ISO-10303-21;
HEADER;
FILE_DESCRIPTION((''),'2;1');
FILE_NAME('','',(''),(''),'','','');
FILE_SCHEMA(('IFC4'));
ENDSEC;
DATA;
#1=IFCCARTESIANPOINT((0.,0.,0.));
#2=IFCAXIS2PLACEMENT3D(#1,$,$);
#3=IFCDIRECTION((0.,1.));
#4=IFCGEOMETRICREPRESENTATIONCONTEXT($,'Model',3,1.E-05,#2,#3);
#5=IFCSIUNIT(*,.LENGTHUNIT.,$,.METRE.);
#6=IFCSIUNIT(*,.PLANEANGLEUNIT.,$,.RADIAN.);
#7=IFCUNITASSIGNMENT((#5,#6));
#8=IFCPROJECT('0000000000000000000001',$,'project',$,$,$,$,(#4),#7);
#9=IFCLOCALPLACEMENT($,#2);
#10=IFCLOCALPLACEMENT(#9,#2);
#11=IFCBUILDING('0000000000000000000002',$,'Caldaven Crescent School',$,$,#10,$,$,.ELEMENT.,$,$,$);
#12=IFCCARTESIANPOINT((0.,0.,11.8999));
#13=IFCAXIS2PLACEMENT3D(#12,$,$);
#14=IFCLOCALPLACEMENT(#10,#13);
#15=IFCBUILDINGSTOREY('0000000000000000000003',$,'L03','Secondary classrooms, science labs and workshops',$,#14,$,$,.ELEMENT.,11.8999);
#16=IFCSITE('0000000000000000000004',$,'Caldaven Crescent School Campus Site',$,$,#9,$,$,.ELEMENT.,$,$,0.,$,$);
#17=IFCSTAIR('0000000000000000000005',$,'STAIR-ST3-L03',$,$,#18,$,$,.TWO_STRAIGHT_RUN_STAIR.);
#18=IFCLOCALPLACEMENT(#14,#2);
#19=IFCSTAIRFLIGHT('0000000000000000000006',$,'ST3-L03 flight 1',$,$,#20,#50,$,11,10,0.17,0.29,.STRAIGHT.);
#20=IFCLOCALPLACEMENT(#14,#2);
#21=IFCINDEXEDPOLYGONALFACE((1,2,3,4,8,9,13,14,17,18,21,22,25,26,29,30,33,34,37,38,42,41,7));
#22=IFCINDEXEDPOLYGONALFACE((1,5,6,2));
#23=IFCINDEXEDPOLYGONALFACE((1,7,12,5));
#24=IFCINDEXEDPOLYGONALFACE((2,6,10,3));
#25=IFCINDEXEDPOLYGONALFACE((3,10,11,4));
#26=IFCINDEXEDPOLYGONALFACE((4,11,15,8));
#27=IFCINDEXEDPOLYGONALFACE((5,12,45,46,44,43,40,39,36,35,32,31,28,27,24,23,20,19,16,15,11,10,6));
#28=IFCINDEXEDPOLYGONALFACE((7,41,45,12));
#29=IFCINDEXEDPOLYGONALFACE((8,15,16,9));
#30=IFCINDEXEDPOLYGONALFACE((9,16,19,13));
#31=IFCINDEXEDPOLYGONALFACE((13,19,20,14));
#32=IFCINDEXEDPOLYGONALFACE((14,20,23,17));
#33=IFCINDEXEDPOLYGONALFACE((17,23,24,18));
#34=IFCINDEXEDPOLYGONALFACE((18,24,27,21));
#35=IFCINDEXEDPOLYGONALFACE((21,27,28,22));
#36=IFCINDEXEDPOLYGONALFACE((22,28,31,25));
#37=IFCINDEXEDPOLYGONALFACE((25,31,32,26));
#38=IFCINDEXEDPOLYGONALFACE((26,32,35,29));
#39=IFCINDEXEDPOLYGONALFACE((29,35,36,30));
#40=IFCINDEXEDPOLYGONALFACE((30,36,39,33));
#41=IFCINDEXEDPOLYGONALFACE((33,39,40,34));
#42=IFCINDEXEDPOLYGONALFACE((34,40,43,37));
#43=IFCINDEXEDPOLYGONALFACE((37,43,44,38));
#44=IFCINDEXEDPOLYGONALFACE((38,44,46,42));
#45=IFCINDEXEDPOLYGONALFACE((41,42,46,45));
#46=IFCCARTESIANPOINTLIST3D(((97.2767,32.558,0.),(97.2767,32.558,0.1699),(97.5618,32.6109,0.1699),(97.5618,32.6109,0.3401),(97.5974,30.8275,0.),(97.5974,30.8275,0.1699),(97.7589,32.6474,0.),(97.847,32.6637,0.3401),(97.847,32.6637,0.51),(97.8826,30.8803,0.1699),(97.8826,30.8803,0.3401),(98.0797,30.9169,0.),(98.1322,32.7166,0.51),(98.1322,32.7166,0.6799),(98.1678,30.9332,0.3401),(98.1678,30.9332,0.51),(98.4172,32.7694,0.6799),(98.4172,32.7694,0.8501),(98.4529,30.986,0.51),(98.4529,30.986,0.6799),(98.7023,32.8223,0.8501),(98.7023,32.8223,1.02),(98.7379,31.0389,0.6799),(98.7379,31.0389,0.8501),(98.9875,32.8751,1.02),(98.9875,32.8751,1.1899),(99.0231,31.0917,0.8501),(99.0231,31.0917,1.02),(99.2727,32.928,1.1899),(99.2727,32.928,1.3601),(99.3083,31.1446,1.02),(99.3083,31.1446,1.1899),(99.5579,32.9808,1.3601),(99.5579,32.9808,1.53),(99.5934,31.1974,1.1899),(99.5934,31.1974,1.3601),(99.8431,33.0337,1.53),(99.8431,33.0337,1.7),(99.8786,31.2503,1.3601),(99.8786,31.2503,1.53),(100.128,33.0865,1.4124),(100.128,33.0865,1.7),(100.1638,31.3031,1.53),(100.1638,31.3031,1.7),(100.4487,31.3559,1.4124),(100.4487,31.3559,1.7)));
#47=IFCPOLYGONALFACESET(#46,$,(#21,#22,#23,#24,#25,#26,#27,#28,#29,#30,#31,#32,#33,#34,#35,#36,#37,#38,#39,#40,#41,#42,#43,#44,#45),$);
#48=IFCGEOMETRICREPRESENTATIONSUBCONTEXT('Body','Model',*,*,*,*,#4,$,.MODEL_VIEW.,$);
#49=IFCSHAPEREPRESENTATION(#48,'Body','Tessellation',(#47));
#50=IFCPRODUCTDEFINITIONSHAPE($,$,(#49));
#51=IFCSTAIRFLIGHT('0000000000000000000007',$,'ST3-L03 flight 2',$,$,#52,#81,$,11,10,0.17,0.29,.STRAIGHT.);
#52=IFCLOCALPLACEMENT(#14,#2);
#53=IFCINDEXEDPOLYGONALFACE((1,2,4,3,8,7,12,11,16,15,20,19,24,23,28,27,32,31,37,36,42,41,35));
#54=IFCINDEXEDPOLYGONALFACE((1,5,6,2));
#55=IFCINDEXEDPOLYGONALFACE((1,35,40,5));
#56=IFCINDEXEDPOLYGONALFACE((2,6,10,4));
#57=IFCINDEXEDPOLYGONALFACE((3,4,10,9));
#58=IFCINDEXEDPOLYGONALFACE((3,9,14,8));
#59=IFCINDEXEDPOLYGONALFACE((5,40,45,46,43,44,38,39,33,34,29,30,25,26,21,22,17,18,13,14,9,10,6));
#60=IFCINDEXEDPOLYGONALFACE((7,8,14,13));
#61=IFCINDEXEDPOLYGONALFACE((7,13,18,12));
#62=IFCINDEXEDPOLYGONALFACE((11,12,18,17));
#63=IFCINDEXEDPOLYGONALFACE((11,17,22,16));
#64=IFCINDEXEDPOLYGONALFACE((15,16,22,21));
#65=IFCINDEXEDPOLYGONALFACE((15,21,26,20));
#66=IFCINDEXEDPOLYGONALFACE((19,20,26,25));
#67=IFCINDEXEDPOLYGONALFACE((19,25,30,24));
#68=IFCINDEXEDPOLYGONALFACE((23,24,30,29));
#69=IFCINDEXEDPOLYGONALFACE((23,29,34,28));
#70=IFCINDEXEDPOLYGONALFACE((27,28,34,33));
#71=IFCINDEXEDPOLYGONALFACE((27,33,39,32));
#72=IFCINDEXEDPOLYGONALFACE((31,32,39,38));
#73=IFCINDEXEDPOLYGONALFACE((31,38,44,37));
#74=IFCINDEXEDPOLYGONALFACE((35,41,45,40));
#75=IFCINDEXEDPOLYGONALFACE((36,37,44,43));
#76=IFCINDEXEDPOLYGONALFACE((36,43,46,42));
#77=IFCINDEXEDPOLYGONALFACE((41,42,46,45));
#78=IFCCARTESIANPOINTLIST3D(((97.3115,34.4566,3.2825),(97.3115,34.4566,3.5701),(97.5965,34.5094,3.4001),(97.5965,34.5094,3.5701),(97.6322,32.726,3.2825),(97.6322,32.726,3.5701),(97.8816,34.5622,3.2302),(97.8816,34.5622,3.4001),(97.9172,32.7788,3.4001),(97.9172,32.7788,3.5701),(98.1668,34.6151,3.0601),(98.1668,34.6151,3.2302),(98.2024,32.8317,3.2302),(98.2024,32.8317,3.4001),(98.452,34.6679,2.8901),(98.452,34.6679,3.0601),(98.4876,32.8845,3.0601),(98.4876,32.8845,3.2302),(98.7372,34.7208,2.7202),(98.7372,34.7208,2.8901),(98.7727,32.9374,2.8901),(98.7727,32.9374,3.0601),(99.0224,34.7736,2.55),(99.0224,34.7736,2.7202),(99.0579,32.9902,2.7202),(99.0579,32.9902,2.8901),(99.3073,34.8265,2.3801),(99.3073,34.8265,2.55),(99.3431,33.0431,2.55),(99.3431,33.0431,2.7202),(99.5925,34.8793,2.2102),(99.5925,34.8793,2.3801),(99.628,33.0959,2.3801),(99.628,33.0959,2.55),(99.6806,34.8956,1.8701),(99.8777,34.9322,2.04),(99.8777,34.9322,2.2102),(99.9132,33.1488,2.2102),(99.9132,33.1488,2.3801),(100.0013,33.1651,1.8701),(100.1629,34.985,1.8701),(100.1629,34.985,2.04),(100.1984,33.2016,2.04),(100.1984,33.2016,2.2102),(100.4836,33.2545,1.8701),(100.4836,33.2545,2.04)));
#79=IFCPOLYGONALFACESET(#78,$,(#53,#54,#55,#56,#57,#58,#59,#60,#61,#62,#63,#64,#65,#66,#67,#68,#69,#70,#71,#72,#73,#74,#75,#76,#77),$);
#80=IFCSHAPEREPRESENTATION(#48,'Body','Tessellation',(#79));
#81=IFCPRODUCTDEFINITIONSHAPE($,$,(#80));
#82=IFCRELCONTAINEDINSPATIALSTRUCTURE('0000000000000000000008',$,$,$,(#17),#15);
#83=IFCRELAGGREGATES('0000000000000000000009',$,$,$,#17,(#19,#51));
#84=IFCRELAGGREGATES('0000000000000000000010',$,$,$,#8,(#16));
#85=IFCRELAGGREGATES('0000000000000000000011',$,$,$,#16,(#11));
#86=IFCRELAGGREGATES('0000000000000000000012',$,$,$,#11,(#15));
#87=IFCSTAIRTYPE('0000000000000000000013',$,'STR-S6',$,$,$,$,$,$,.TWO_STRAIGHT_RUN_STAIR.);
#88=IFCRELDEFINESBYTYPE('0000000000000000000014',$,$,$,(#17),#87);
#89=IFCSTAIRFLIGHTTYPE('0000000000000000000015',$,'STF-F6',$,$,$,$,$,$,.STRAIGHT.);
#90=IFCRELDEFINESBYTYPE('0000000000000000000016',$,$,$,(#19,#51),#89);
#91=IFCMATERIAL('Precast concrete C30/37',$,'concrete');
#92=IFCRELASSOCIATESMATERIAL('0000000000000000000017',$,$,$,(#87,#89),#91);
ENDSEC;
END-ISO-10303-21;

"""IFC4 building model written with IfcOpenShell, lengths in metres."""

from ifc_helpers import new_model, si_unit, direction, frame, origin, place, context, subcontext, project, spatial, polyline, outline, extrude, material, type_object, element, aggregate, save


model = new_model("IFC4")

# Units and contexts
model_context = context("Model", 3, precision=1e-05, world=origin(), true_north=direction((0.0, 1.0)))
body_context = subcontext(model_context, "Body", "Model", "MODEL_VIEW")
ifc_project = project(units=[si_unit("LENGTHUNIT", "METRE"), si_unit("PLANEANGLEUNIT", "RADIAN")], contexts=[model_context])

# Site, building, storey
site_placement = place(None, origin())
site = spatial("IfcSite", under=ifc_project, at=site_placement, Name="Caldaven Crescent School Campus Site", CompositionType="ELEMENT", RefElevation=0.0)
building_placement = place(site_placement, origin())
building = spatial("IfcBuilding", under=site, at=building_placement, Name="Caldaven Crescent School", CompositionType="ELEMENT")
storey_placement = place(building_placement, frame((0.0, 0.0, 11.8999)))
storey = spatial("IfcBuildingStorey", under=building, at=storey_placement, Name="L03", Description="Secondary classrooms, science labs and workshops", CompositionType="ELEMENT", Elevation=11.8999)

# Stair, stair flights
ifc_material_1 = material(Name="Precast concrete C30/37", Category="concrete")
stair_type = type_object("IfcStairType", Name="STR-S6", PredefinedType="TWO_STRAIGHT_RUN_STAIR", material=ifc_material_1)
stair_placement = place(storey_placement, origin())
stair = element("IfcStair", 1, at=stair_placement, inside=storey, type_object=stair_type, Name="STAIR-ST3-L03", PredefinedType="TWO_STRAIGHT_RUN_STAIR")
stair_flight_type = type_object("IfcStairFlightType", Name="STF-F6", PredefinedType="STRAIGHT", material=ifc_material_1)
stair_flight_1_placement = place(storey_placement, frame((97.437, 31.6929, 0.0), z_axis=(0.0, 0.0, 1.0), x_axis=(0.983255, 0.182236, 0.0)))
stair_flight_1 = element("IfcStairFlight", 2, at=stair_flight_1_placement, type_object=stair_flight_type, Name="ST3-L03 flight 1", NumberOfRisers=11, NumberOfTreads=10, PredefinedType="STRAIGHT", RiserHeight=0.17, TreadLength=0.29, context=body_context, shape_type="SweptSolid", body=[
    extrude(outline(polyline([(0.0, 0.0), (0.0, 0.1699), (0.29, 0.1699), (0.29, 0.3401), (0.5801, 0.3401), (0.5801, 0.51), (0.8701, 0.51), (0.8701, 0.6799), (1.1599, 0.6799), (1.1599, 0.8501), (1.45, 0.8501), (1.45, 1.02), (1.74, 1.02), (1.74, 1.1899), (2.03, 1.1899), (2.03, 1.3601), (2.3201, 1.3601), (2.3201, 1.53), (2.6101, 1.53), (2.6101, 1.7), (2.8999, 1.7), (2.8999, 1.8701), (2.8999, 1.4124), (0.4905, 0.0), (0.0, 0.0)])), frame((0.0, 0.8799, 0.0), z_axis=(0.0, -1.0, 0.0), x_axis=(1.0, 0.0, 0.0)), (0.0, 0.0, 1.0), 1.76),
])
stair_flight_2_placement = place(storey_placement, frame((100.3232, 34.1196, 1.8701), z_axis=(0.0, 0.0, 1.0), x_axis=(-0.983255, -0.182236, 0.0)))
stair_flight_2 = element("IfcStairFlight", 3, at=stair_flight_2_placement, type_object=stair_flight_type, Name="ST3-L03 flight 2", NumberOfRisers=11, NumberOfTreads=10, PredefinedType="STRAIGHT", RiserHeight=0.17, TreadLength=0.29, context=body_context, shape_type="SweptSolid", body=[
    extrude(outline(polyline([(0.0, 0.0), (0.0, 0.1699), (0.29, 0.1699), (0.29, 0.3401), (0.5801, 0.3401), (0.5801, 0.51), (0.8701, 0.51), (0.8701, 0.6799), (1.1599, 0.6799), (1.1599, 0.8501), (1.45, 0.8501), (1.45, 1.02), (1.74, 1.02), (1.74, 1.1899), (2.03, 1.1899), (2.03, 1.3601), (2.3201, 1.3601), (2.3201, 1.53), (2.6101, 1.53), (2.6101, 1.7), (2.8999, 1.7), (2.8999, 1.8701), (2.8999, 1.4124), (0.4905, 0.0), (0.0, 0.0)])), frame((0.0, 0.8799, 0.0), z_axis=(0.0, -1.0, 0.0), x_axis=(1.0, 0.0, 0.0)), (0.0, 0.0, 1.0), 1.76),
])
aggregate(stair, [stair_flight_1, stair_flight_2])

save(model, "model.ifc")
